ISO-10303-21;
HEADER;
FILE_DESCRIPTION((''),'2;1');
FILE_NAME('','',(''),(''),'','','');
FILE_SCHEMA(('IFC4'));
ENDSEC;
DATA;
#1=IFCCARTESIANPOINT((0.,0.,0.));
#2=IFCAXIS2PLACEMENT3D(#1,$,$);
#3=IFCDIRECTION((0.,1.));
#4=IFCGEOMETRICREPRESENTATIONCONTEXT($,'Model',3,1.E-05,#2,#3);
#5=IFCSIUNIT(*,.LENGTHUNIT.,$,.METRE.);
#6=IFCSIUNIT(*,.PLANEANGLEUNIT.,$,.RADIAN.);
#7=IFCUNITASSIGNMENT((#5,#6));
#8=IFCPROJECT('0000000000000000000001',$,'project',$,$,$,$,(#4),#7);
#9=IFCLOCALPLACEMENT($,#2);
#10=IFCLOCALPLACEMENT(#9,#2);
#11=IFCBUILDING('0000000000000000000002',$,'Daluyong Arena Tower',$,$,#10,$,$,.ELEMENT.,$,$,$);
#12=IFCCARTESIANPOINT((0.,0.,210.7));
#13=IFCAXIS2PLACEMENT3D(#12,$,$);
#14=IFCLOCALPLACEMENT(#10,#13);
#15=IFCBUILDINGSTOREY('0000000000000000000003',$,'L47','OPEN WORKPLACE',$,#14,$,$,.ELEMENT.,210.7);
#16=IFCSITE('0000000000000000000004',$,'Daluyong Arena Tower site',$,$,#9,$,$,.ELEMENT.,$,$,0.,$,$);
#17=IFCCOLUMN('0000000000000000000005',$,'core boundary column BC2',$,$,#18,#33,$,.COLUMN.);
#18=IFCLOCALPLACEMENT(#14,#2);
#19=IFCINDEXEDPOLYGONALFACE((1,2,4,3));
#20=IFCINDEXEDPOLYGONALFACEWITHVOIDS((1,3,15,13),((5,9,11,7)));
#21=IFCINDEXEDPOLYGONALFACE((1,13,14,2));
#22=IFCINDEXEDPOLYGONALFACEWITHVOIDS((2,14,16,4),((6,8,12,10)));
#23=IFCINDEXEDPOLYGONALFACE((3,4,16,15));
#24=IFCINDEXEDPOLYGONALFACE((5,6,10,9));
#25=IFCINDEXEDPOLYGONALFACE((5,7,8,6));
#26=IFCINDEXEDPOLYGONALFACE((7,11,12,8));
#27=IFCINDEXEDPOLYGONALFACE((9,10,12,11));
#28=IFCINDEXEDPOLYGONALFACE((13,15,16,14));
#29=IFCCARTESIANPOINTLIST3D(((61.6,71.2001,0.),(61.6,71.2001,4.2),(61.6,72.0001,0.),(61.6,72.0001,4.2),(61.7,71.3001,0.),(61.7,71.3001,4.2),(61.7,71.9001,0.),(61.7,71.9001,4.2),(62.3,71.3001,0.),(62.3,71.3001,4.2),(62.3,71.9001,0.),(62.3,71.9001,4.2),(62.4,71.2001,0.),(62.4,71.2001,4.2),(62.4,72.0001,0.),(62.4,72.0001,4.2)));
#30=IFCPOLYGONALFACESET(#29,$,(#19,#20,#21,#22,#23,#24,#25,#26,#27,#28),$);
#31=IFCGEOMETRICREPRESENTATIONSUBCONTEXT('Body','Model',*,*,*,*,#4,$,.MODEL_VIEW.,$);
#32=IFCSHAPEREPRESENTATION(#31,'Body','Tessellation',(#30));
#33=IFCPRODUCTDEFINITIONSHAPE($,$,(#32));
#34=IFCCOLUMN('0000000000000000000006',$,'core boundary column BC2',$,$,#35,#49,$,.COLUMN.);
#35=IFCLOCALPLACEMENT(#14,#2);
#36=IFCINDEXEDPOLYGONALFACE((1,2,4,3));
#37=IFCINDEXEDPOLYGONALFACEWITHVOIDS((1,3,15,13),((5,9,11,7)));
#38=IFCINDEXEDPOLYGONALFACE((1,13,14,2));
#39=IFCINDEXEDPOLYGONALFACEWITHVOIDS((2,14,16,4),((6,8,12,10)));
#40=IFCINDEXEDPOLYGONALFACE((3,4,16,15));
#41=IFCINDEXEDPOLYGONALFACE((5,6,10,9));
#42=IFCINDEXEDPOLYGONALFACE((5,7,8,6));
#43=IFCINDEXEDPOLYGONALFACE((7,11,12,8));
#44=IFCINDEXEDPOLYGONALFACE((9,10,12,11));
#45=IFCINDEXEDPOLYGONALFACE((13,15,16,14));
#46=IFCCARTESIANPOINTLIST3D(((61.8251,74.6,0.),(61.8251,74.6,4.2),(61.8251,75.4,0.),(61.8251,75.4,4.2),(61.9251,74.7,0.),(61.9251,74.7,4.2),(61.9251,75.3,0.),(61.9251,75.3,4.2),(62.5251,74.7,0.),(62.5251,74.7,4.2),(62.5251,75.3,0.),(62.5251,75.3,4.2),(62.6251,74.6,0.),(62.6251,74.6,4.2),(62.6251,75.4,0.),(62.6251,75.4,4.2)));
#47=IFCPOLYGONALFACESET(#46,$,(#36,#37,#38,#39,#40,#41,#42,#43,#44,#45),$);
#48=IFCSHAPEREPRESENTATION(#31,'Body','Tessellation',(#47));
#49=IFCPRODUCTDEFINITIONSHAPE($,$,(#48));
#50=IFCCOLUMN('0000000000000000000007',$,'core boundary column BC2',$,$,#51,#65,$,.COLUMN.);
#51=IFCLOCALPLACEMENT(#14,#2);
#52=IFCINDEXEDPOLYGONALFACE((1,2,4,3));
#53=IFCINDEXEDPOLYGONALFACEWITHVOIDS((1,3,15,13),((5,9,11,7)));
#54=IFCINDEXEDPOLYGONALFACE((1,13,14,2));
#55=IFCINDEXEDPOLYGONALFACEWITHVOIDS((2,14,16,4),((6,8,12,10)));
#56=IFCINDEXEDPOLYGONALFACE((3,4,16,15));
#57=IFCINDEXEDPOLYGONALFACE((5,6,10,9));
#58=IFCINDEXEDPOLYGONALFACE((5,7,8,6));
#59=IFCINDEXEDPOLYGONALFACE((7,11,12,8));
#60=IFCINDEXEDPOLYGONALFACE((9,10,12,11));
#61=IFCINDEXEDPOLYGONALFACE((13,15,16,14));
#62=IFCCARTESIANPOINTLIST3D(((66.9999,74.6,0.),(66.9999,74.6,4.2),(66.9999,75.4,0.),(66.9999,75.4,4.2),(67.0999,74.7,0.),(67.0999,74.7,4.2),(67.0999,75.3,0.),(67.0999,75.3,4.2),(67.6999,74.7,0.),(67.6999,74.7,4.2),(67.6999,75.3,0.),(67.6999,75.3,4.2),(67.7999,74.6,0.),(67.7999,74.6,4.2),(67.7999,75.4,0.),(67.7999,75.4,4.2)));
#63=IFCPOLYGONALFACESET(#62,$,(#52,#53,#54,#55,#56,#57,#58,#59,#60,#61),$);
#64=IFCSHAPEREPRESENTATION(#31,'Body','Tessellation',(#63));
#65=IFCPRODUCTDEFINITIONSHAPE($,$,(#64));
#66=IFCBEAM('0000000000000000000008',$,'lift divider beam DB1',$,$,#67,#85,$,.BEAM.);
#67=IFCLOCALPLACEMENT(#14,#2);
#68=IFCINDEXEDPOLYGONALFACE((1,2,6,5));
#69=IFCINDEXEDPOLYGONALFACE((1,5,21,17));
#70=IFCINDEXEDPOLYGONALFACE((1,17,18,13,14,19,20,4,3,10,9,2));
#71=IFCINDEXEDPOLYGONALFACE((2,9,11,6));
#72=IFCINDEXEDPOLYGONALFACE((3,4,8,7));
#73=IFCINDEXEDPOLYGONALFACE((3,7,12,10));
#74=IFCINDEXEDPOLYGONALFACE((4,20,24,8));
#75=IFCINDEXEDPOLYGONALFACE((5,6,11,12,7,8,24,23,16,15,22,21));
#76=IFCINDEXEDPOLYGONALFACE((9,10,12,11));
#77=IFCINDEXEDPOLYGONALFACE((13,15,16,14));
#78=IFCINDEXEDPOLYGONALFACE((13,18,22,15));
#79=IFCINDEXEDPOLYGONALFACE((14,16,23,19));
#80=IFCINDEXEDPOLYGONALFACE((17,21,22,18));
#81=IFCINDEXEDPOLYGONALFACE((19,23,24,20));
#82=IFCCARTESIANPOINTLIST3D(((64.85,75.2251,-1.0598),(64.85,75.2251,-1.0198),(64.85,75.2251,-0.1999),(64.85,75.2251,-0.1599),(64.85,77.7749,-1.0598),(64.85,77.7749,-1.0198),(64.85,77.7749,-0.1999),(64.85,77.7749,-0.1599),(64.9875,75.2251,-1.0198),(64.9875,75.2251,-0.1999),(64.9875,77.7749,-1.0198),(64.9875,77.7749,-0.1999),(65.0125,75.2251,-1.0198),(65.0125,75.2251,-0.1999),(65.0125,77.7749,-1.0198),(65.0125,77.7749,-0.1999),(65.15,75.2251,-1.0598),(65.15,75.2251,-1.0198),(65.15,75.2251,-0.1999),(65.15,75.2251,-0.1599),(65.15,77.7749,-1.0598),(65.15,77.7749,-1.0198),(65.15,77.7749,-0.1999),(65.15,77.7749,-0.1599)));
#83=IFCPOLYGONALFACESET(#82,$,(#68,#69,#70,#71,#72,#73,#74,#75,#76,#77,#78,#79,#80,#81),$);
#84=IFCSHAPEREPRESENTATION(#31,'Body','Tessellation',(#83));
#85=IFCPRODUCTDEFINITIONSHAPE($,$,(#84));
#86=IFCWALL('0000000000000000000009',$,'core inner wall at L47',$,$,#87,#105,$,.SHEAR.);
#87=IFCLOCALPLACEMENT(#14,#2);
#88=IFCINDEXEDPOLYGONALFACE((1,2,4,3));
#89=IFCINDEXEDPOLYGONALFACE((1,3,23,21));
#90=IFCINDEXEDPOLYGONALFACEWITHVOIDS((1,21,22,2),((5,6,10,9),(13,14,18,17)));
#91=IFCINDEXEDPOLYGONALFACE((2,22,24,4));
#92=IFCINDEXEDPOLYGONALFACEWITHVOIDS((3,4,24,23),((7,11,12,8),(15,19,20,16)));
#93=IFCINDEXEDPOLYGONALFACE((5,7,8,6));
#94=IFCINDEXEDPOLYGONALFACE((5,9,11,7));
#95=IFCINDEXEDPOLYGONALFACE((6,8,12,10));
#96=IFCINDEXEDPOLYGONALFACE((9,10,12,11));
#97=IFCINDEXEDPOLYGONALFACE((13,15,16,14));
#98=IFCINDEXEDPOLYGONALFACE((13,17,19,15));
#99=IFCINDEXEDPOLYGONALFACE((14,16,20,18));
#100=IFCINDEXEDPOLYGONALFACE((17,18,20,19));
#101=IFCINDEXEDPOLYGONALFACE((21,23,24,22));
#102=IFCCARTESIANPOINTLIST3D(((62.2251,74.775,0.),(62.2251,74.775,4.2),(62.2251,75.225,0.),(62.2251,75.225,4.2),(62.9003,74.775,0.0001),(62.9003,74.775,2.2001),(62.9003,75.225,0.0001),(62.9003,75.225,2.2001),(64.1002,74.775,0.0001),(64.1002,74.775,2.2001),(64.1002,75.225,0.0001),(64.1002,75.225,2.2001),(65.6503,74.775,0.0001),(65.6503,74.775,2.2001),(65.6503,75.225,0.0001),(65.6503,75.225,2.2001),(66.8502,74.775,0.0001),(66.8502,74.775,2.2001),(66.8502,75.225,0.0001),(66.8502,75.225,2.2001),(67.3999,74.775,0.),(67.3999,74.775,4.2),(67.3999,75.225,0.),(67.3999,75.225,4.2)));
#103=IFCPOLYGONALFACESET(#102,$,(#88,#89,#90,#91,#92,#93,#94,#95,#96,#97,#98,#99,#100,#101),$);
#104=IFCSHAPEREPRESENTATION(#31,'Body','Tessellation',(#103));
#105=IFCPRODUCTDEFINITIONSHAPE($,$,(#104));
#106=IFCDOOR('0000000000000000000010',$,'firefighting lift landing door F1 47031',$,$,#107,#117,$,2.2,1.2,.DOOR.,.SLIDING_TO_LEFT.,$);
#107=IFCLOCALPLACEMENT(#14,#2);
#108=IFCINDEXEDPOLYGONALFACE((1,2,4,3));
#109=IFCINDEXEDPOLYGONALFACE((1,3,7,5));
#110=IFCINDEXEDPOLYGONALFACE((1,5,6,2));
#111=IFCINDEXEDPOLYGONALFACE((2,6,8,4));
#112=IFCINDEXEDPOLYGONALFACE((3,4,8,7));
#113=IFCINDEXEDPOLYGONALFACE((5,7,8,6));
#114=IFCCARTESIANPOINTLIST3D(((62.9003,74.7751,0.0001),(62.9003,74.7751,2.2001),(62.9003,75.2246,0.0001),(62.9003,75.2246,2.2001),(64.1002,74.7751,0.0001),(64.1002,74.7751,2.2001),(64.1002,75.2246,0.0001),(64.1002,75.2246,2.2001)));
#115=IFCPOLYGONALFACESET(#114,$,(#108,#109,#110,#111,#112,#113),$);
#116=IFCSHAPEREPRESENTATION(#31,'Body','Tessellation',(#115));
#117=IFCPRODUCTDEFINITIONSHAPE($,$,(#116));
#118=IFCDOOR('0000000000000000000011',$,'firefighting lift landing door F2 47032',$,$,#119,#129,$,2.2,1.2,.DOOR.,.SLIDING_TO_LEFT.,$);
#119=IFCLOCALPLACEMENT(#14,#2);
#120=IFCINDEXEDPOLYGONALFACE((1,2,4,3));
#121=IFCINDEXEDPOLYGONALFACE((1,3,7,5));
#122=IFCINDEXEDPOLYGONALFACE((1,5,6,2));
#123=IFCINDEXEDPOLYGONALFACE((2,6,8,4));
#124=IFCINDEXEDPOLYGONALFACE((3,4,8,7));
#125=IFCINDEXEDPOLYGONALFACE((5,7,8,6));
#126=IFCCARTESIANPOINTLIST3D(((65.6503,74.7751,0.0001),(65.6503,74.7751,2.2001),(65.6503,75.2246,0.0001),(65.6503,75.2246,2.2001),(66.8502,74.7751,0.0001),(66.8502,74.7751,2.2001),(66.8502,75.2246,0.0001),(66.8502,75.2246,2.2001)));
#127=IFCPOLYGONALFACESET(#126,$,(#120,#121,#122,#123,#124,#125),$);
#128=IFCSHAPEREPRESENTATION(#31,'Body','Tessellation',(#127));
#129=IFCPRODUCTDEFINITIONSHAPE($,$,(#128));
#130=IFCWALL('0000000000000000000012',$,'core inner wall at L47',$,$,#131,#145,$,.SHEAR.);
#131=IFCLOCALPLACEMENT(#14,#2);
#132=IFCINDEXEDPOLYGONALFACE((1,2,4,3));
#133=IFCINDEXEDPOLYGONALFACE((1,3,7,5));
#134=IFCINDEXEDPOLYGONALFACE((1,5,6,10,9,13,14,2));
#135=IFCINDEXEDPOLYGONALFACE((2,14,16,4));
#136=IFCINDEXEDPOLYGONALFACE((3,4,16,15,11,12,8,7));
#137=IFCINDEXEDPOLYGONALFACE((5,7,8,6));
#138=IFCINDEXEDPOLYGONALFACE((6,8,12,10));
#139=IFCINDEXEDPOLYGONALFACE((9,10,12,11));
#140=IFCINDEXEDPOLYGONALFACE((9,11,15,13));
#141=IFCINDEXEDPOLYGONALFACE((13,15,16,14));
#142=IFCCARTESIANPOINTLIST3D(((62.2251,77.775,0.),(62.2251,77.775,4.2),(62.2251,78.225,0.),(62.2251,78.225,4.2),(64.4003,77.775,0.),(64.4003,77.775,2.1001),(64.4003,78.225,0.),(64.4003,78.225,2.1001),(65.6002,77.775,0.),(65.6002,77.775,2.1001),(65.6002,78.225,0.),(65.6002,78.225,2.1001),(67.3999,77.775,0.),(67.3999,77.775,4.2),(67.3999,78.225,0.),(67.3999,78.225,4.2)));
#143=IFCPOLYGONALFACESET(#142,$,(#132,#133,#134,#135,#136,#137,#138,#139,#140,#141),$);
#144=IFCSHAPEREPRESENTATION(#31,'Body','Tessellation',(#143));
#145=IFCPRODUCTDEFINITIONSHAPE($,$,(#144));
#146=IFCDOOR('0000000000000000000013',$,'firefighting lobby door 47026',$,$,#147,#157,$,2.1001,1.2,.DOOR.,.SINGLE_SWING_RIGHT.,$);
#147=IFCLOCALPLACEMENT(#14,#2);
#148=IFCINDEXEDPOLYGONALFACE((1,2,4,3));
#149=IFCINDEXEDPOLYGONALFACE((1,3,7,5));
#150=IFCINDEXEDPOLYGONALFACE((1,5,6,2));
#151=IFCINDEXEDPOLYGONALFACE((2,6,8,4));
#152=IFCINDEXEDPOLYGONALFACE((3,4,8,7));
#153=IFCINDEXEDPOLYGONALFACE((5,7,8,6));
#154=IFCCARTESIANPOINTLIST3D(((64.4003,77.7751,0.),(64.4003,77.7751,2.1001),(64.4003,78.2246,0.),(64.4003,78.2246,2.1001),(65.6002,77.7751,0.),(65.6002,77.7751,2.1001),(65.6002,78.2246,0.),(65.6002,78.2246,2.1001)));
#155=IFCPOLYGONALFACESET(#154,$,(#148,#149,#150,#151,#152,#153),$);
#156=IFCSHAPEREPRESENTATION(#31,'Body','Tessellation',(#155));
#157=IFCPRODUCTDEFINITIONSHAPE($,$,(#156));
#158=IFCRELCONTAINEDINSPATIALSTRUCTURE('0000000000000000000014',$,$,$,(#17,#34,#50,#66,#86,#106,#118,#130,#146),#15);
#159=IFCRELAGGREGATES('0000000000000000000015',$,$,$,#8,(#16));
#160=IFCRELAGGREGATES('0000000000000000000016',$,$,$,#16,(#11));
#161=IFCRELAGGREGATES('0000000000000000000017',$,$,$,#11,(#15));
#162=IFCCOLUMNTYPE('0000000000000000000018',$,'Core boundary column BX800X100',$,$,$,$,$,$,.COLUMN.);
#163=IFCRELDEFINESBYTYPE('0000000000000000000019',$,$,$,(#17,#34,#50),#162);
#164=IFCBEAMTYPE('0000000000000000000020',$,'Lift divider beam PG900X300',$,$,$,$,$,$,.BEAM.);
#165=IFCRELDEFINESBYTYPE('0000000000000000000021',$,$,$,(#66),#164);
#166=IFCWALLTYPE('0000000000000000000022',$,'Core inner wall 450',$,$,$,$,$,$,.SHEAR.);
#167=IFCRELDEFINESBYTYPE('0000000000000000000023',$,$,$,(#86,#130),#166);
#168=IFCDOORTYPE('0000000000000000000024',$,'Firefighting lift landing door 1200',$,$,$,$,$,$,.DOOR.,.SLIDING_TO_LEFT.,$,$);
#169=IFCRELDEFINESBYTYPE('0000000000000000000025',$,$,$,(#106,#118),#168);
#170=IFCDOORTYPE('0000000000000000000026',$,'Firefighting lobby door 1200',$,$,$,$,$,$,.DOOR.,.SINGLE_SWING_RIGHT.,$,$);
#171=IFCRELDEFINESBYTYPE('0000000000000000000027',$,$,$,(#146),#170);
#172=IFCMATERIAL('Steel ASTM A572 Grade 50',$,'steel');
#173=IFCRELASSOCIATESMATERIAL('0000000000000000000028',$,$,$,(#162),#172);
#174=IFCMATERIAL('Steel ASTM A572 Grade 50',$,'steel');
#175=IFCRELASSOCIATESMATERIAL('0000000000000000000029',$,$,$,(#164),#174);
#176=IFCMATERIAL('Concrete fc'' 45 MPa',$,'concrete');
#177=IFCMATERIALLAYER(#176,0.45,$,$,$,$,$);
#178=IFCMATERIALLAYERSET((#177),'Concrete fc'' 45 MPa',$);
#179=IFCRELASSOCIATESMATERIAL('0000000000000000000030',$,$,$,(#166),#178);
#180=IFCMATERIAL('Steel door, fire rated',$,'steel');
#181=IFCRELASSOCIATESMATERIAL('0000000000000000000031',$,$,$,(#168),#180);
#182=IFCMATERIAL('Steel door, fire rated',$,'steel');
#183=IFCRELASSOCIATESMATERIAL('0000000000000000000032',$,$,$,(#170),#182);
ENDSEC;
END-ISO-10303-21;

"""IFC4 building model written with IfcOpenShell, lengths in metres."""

from ifc_helpers import new_model, si_unit, direction, frame, frame_2d, origin, origin_2d, place, context, subcontext, project, spatial, rectangle, hollow_rectangle, i_section, extrude, material, layer, layer_set, material_profile, profile_set, type_object, element, fill, save


model = new_model("IFC4")

# Units and contexts
model_context = context("Model", 3, precision=1e-05, world=origin(), true_north=direction((0.0, 1.0)))
body_context = subcontext(model_context, "Body", "Model", "MODEL_VIEW")
ifc_project = project(units=[si_unit("LENGTHUNIT", "METRE"), si_unit("PLANEANGLEUNIT", "RADIAN")], contexts=[model_context])

# Site, building, storey
site_placement = place(None, origin())
site = spatial("IfcSite", under=ifc_project, at=site_placement, Name="Daluyong Arena Tower site", CompositionType="ELEMENT", RefElevation=0.0)
building_placement = place(site_placement, origin())
building = spatial("IfcBuilding", under=site, at=building_placement, Name="Daluyong Arena Tower", CompositionType="ELEMENT")
storey_placement = place(building_placement, frame((0.0, 0.0, 210.7)))
storey = spatial("IfcBuildingStorey", under=building, at=storey_placement, Name="L47", Description="OPEN WORKPLACE", CompositionType="ELEMENT", Elevation=210.7)

# Columns
ifc_material_1 = material(Name="Steel ASTM A572 Grade 50", Category="steel")
ifc_material_profile_1 = material_profile(ifc_material_1, hollow_rectangle(XDim=0.8, YDim=0.8, WallThickness=0.1, at=origin_2d()))
ifc_profile_set_1 = profile_set([ifc_material_profile_1], Name="Steel ASTM A572 Grade 50")
column_type = type_object("IfcColumnType", Name="Core boundary column BX800X100", PredefinedType="COLUMN", material=ifc_profile_set_1)
for number, where, z_axis, x_axis, name in (
    (1, (62.0, 71.6001, 0.0), (0.0, 0.0, 1.0), (1.0, 0.0, 0.0), "core boundary column BC2"),
    (2, (62.2251, 75.0, 0.0), (0.0, 0.0, 1.0), (1.0, 0.0, 0.0), "core boundary column BC2"),
    (3, (67.3999, 75.0, 0.0), (0.0, 0.0, 1.0), (1.0, 0.0, 0.0), "core boundary column BC2"),
):
    element("IfcColumn", number, at=place(storey_placement, frame(where, z_axis=z_axis, x_axis=x_axis)), inside=storey, type_object=column_type, Name=name, PredefinedType="COLUMN", context=body_context, shape_type="SweptSolid", body=[
        extrude(hollow_rectangle(XDim=0.8, YDim=0.8, WallThickness=0.1, at=origin_2d()), origin(), (0.0, 0.0, 1.0), 4.2),
    ])

# Beam
ifc_material_2 = material(Name="Steel ASTM A572 Grade 50", Category="steel")
ifc_material_profile_2 = material_profile(ifc_material_2, i_section(OverallWidth=0.3, OverallDepth=0.8999, WebThickness=0.025, FlangeThickness=0.04, at=origin_2d()))
ifc_profile_set_2 = profile_set([ifc_material_profile_2], Name="Steel ASTM A572 Grade 50")
beam_type = type_object("IfcBeamType", Name="Lift divider beam PG900X300", PredefinedType="BEAM", material=ifc_profile_set_2)
beam_placement = place(storey_placement, frame((65.0, 75.2251, -0.6099), z_axis=(0.0, 1.0, 0.0), x_axis=(-1.0, 0.0, 0.0)))
element("IfcBeam", 4, at=beam_placement, inside=storey, type_object=beam_type, Name="lift divider beam DB1", PredefinedType="BEAM", context=body_context, shape_type="SweptSolid", body=[
    extrude(i_section(OverallWidth=0.3, OverallDepth=0.8999, WebThickness=0.025, FlangeThickness=0.04, at=origin_2d()), origin(), (0.0, 0.0, 1.0), 2.5498),
])

# Shared definitions
ifc_material_3 = material(Name="Concrete fc' 45 MPa", Category="concrete")
ifc_layer_1 = layer(ifc_material_3, 0.45)
ifc_layer_set_1 = layer_set([ifc_layer_1], Name="Concrete fc' 45 MPa")
wall_type_1 = type_object("IfcWallType", Name="Core inner wall 450", PredefinedType="SHEAR", material=ifc_layer_set_1)

# Wall, openings, doors
wall_1_placement = place(storey_placement, frame((62.2251, 75.0, 0.0), z_axis=(0.0, 0.0, 1.0), x_axis=(1.0, 0.0, 0.0)))
wall_1 = element("IfcWall", 5, at=wall_1_placement, inside=storey, type_object=wall_type_1, Name="core inner wall at L47", PredefinedType="SHEAR", context=body_context, shape_type="SweptSolid", body=[
    extrude(rectangle(XDim=5.1748, YDim=0.45, at=frame_2d((2.5874, 0.0))), origin(), (0.0, 0.0, 1.0), 4.2),
])
opening_1_placement = place(wall_1_placement, frame((0.675, 0.0, 0.0)))
opening_1 = element("IfcOpeningElement", 6, at=opening_1_placement, cuts=wall_1, PredefinedType="OPENING", context=body_context, shape_type="SweptSolid", body=[
    extrude(rectangle(XDim=1.2, YDim=2.2, at=frame_2d((0.6001, 1.1001))), frame((0.0, 0.2349, 0.0), z_axis=(0.0, -1.0, 0.0), x_axis=(1.0, 0.0, 0.0)), (0.0, 0.0, 1.0), 0.47),
])
opening_2_placement = place(wall_1_placement, frame((3.425, 0.0, 0.0)))
opening_2 = element("IfcOpeningElement", 7, at=opening_2_placement, cuts=wall_1, PredefinedType="OPENING", context=body_context, shape_type="SweptSolid", body=[
    extrude(rectangle(XDim=1.2, YDim=2.2, at=frame_2d((0.6001, 1.1001))), frame((0.0, 0.2349, 0.0), z_axis=(0.0, -1.0, 0.0), x_axis=(1.0, 0.0, 0.0)), (0.0, 0.0, 1.0), 0.47),
])
ifc_material_4 = material(Name="Steel door, fire rated", Category="steel")
door_type_1 = type_object("IfcDoorType", Name="Firefighting lift landing door 1200", OperationType="SLIDING_TO_LEFT", PredefinedType="DOOR", material=ifc_material_4)
door_1_placement = place(opening_1_placement, origin())
door_1 = element("IfcDoor", 8, at=door_1_placement, inside=storey, type_object=door_type_1, Name="firefighting lift landing door F1 47031", OperationType="SLIDING_TO_LEFT", OverallHeight=2.2, OverallWidth=1.2, PredefinedType="DOOR", context=body_context, shape_type="SweptSolid", body=[
    extrude(rectangle(XDim=1.2, YDim=2.2, at=frame_2d((0.6001, 1.1001))), frame((0.0, 0.2246, 0.0), z_axis=(0.0, -1.0, 0.0), x_axis=(1.0, 0.0, 0.0)), (0.0, 0.0, 1.0), 0.4495),
])
fill(opening_1, door_1)
door_2_placement = place(opening_2_placement, origin())
door_2 = element("IfcDoor", 9, at=door_2_placement, inside=storey, type_object=door_type_1, Name="firefighting lift landing door F2 47032", OperationType="SLIDING_TO_LEFT", OverallHeight=2.2, OverallWidth=1.2, PredefinedType="DOOR", context=body_context, shape_type="SweptSolid", body=[
    extrude(rectangle(XDim=1.2, YDim=2.2, at=frame_2d((0.6001, 1.1001))), frame((0.0, 0.2246, 0.0), z_axis=(0.0, -1.0, 0.0), x_axis=(1.0, 0.0, 0.0)), (0.0, 0.0, 1.0), 0.4495),
])
fill(opening_2, door_2)

# Wall, opening, door
wall_2_placement = place(storey_placement, frame((62.2251, 78.0, 0.0), z_axis=(0.0, 0.0, 1.0), x_axis=(1.0, 0.0, 0.0)))
wall_2 = element("IfcWall", 10, at=wall_2_placement, inside=storey, type_object=wall_type_1, Name="core inner wall at L47", PredefinedType="SHEAR", context=body_context, shape_type="SweptSolid", body=[
    extrude(rectangle(XDim=5.1748, YDim=0.45, at=frame_2d((2.5874, 0.0))), origin(), (0.0, 0.0, 1.0), 4.2),
])
opening_3_placement = place(wall_2_placement, frame((2.175, 0.0, 0.0)))
opening_3 = element("IfcOpeningElement", 11, at=opening_3_placement, cuts=wall_2, PredefinedType="OPENING", context=body_context, shape_type="SweptSolid", body=[
    extrude(rectangle(XDim=1.2, YDim=2.1001, at=frame_2d((0.6001, 1.05))), frame((0.0, 0.2349, 0.0), z_axis=(0.0, -1.0, 0.0), x_axis=(1.0, 0.0, 0.0)), (0.0, 0.0, 1.0), 0.47),
])
ifc_material_5 = material(Name="Steel door, fire rated", Category="steel")
door_type_2 = type_object("IfcDoorType", Name="Firefighting lobby door 1200", OperationType="SINGLE_SWING_RIGHT", PredefinedType="DOOR", material=ifc_material_5)
door_3_placement = place(opening_3_placement, origin())
door_3 = element("IfcDoor", 12, at=door_3_placement, inside=storey, type_object=door_type_2, Name="firefighting lobby door 47026", OperationType="SINGLE_SWING_RIGHT", OverallHeight=2.1001, OverallWidth=1.2, PredefinedType="DOOR", context=body_context, shape_type="SweptSolid", body=[
    extrude(rectangle(XDim=1.2, YDim=2.1001, at=frame_2d((0.6001, 1.05))), frame((0.0, 0.2246, 0.0), z_axis=(0.0, -1.0, 0.0), x_axis=(1.0, 0.0, 0.0)), (0.0, 0.0, 1.0), 0.4495),
])
fill(opening_3, door_3)

save(model, "model.ifc")
